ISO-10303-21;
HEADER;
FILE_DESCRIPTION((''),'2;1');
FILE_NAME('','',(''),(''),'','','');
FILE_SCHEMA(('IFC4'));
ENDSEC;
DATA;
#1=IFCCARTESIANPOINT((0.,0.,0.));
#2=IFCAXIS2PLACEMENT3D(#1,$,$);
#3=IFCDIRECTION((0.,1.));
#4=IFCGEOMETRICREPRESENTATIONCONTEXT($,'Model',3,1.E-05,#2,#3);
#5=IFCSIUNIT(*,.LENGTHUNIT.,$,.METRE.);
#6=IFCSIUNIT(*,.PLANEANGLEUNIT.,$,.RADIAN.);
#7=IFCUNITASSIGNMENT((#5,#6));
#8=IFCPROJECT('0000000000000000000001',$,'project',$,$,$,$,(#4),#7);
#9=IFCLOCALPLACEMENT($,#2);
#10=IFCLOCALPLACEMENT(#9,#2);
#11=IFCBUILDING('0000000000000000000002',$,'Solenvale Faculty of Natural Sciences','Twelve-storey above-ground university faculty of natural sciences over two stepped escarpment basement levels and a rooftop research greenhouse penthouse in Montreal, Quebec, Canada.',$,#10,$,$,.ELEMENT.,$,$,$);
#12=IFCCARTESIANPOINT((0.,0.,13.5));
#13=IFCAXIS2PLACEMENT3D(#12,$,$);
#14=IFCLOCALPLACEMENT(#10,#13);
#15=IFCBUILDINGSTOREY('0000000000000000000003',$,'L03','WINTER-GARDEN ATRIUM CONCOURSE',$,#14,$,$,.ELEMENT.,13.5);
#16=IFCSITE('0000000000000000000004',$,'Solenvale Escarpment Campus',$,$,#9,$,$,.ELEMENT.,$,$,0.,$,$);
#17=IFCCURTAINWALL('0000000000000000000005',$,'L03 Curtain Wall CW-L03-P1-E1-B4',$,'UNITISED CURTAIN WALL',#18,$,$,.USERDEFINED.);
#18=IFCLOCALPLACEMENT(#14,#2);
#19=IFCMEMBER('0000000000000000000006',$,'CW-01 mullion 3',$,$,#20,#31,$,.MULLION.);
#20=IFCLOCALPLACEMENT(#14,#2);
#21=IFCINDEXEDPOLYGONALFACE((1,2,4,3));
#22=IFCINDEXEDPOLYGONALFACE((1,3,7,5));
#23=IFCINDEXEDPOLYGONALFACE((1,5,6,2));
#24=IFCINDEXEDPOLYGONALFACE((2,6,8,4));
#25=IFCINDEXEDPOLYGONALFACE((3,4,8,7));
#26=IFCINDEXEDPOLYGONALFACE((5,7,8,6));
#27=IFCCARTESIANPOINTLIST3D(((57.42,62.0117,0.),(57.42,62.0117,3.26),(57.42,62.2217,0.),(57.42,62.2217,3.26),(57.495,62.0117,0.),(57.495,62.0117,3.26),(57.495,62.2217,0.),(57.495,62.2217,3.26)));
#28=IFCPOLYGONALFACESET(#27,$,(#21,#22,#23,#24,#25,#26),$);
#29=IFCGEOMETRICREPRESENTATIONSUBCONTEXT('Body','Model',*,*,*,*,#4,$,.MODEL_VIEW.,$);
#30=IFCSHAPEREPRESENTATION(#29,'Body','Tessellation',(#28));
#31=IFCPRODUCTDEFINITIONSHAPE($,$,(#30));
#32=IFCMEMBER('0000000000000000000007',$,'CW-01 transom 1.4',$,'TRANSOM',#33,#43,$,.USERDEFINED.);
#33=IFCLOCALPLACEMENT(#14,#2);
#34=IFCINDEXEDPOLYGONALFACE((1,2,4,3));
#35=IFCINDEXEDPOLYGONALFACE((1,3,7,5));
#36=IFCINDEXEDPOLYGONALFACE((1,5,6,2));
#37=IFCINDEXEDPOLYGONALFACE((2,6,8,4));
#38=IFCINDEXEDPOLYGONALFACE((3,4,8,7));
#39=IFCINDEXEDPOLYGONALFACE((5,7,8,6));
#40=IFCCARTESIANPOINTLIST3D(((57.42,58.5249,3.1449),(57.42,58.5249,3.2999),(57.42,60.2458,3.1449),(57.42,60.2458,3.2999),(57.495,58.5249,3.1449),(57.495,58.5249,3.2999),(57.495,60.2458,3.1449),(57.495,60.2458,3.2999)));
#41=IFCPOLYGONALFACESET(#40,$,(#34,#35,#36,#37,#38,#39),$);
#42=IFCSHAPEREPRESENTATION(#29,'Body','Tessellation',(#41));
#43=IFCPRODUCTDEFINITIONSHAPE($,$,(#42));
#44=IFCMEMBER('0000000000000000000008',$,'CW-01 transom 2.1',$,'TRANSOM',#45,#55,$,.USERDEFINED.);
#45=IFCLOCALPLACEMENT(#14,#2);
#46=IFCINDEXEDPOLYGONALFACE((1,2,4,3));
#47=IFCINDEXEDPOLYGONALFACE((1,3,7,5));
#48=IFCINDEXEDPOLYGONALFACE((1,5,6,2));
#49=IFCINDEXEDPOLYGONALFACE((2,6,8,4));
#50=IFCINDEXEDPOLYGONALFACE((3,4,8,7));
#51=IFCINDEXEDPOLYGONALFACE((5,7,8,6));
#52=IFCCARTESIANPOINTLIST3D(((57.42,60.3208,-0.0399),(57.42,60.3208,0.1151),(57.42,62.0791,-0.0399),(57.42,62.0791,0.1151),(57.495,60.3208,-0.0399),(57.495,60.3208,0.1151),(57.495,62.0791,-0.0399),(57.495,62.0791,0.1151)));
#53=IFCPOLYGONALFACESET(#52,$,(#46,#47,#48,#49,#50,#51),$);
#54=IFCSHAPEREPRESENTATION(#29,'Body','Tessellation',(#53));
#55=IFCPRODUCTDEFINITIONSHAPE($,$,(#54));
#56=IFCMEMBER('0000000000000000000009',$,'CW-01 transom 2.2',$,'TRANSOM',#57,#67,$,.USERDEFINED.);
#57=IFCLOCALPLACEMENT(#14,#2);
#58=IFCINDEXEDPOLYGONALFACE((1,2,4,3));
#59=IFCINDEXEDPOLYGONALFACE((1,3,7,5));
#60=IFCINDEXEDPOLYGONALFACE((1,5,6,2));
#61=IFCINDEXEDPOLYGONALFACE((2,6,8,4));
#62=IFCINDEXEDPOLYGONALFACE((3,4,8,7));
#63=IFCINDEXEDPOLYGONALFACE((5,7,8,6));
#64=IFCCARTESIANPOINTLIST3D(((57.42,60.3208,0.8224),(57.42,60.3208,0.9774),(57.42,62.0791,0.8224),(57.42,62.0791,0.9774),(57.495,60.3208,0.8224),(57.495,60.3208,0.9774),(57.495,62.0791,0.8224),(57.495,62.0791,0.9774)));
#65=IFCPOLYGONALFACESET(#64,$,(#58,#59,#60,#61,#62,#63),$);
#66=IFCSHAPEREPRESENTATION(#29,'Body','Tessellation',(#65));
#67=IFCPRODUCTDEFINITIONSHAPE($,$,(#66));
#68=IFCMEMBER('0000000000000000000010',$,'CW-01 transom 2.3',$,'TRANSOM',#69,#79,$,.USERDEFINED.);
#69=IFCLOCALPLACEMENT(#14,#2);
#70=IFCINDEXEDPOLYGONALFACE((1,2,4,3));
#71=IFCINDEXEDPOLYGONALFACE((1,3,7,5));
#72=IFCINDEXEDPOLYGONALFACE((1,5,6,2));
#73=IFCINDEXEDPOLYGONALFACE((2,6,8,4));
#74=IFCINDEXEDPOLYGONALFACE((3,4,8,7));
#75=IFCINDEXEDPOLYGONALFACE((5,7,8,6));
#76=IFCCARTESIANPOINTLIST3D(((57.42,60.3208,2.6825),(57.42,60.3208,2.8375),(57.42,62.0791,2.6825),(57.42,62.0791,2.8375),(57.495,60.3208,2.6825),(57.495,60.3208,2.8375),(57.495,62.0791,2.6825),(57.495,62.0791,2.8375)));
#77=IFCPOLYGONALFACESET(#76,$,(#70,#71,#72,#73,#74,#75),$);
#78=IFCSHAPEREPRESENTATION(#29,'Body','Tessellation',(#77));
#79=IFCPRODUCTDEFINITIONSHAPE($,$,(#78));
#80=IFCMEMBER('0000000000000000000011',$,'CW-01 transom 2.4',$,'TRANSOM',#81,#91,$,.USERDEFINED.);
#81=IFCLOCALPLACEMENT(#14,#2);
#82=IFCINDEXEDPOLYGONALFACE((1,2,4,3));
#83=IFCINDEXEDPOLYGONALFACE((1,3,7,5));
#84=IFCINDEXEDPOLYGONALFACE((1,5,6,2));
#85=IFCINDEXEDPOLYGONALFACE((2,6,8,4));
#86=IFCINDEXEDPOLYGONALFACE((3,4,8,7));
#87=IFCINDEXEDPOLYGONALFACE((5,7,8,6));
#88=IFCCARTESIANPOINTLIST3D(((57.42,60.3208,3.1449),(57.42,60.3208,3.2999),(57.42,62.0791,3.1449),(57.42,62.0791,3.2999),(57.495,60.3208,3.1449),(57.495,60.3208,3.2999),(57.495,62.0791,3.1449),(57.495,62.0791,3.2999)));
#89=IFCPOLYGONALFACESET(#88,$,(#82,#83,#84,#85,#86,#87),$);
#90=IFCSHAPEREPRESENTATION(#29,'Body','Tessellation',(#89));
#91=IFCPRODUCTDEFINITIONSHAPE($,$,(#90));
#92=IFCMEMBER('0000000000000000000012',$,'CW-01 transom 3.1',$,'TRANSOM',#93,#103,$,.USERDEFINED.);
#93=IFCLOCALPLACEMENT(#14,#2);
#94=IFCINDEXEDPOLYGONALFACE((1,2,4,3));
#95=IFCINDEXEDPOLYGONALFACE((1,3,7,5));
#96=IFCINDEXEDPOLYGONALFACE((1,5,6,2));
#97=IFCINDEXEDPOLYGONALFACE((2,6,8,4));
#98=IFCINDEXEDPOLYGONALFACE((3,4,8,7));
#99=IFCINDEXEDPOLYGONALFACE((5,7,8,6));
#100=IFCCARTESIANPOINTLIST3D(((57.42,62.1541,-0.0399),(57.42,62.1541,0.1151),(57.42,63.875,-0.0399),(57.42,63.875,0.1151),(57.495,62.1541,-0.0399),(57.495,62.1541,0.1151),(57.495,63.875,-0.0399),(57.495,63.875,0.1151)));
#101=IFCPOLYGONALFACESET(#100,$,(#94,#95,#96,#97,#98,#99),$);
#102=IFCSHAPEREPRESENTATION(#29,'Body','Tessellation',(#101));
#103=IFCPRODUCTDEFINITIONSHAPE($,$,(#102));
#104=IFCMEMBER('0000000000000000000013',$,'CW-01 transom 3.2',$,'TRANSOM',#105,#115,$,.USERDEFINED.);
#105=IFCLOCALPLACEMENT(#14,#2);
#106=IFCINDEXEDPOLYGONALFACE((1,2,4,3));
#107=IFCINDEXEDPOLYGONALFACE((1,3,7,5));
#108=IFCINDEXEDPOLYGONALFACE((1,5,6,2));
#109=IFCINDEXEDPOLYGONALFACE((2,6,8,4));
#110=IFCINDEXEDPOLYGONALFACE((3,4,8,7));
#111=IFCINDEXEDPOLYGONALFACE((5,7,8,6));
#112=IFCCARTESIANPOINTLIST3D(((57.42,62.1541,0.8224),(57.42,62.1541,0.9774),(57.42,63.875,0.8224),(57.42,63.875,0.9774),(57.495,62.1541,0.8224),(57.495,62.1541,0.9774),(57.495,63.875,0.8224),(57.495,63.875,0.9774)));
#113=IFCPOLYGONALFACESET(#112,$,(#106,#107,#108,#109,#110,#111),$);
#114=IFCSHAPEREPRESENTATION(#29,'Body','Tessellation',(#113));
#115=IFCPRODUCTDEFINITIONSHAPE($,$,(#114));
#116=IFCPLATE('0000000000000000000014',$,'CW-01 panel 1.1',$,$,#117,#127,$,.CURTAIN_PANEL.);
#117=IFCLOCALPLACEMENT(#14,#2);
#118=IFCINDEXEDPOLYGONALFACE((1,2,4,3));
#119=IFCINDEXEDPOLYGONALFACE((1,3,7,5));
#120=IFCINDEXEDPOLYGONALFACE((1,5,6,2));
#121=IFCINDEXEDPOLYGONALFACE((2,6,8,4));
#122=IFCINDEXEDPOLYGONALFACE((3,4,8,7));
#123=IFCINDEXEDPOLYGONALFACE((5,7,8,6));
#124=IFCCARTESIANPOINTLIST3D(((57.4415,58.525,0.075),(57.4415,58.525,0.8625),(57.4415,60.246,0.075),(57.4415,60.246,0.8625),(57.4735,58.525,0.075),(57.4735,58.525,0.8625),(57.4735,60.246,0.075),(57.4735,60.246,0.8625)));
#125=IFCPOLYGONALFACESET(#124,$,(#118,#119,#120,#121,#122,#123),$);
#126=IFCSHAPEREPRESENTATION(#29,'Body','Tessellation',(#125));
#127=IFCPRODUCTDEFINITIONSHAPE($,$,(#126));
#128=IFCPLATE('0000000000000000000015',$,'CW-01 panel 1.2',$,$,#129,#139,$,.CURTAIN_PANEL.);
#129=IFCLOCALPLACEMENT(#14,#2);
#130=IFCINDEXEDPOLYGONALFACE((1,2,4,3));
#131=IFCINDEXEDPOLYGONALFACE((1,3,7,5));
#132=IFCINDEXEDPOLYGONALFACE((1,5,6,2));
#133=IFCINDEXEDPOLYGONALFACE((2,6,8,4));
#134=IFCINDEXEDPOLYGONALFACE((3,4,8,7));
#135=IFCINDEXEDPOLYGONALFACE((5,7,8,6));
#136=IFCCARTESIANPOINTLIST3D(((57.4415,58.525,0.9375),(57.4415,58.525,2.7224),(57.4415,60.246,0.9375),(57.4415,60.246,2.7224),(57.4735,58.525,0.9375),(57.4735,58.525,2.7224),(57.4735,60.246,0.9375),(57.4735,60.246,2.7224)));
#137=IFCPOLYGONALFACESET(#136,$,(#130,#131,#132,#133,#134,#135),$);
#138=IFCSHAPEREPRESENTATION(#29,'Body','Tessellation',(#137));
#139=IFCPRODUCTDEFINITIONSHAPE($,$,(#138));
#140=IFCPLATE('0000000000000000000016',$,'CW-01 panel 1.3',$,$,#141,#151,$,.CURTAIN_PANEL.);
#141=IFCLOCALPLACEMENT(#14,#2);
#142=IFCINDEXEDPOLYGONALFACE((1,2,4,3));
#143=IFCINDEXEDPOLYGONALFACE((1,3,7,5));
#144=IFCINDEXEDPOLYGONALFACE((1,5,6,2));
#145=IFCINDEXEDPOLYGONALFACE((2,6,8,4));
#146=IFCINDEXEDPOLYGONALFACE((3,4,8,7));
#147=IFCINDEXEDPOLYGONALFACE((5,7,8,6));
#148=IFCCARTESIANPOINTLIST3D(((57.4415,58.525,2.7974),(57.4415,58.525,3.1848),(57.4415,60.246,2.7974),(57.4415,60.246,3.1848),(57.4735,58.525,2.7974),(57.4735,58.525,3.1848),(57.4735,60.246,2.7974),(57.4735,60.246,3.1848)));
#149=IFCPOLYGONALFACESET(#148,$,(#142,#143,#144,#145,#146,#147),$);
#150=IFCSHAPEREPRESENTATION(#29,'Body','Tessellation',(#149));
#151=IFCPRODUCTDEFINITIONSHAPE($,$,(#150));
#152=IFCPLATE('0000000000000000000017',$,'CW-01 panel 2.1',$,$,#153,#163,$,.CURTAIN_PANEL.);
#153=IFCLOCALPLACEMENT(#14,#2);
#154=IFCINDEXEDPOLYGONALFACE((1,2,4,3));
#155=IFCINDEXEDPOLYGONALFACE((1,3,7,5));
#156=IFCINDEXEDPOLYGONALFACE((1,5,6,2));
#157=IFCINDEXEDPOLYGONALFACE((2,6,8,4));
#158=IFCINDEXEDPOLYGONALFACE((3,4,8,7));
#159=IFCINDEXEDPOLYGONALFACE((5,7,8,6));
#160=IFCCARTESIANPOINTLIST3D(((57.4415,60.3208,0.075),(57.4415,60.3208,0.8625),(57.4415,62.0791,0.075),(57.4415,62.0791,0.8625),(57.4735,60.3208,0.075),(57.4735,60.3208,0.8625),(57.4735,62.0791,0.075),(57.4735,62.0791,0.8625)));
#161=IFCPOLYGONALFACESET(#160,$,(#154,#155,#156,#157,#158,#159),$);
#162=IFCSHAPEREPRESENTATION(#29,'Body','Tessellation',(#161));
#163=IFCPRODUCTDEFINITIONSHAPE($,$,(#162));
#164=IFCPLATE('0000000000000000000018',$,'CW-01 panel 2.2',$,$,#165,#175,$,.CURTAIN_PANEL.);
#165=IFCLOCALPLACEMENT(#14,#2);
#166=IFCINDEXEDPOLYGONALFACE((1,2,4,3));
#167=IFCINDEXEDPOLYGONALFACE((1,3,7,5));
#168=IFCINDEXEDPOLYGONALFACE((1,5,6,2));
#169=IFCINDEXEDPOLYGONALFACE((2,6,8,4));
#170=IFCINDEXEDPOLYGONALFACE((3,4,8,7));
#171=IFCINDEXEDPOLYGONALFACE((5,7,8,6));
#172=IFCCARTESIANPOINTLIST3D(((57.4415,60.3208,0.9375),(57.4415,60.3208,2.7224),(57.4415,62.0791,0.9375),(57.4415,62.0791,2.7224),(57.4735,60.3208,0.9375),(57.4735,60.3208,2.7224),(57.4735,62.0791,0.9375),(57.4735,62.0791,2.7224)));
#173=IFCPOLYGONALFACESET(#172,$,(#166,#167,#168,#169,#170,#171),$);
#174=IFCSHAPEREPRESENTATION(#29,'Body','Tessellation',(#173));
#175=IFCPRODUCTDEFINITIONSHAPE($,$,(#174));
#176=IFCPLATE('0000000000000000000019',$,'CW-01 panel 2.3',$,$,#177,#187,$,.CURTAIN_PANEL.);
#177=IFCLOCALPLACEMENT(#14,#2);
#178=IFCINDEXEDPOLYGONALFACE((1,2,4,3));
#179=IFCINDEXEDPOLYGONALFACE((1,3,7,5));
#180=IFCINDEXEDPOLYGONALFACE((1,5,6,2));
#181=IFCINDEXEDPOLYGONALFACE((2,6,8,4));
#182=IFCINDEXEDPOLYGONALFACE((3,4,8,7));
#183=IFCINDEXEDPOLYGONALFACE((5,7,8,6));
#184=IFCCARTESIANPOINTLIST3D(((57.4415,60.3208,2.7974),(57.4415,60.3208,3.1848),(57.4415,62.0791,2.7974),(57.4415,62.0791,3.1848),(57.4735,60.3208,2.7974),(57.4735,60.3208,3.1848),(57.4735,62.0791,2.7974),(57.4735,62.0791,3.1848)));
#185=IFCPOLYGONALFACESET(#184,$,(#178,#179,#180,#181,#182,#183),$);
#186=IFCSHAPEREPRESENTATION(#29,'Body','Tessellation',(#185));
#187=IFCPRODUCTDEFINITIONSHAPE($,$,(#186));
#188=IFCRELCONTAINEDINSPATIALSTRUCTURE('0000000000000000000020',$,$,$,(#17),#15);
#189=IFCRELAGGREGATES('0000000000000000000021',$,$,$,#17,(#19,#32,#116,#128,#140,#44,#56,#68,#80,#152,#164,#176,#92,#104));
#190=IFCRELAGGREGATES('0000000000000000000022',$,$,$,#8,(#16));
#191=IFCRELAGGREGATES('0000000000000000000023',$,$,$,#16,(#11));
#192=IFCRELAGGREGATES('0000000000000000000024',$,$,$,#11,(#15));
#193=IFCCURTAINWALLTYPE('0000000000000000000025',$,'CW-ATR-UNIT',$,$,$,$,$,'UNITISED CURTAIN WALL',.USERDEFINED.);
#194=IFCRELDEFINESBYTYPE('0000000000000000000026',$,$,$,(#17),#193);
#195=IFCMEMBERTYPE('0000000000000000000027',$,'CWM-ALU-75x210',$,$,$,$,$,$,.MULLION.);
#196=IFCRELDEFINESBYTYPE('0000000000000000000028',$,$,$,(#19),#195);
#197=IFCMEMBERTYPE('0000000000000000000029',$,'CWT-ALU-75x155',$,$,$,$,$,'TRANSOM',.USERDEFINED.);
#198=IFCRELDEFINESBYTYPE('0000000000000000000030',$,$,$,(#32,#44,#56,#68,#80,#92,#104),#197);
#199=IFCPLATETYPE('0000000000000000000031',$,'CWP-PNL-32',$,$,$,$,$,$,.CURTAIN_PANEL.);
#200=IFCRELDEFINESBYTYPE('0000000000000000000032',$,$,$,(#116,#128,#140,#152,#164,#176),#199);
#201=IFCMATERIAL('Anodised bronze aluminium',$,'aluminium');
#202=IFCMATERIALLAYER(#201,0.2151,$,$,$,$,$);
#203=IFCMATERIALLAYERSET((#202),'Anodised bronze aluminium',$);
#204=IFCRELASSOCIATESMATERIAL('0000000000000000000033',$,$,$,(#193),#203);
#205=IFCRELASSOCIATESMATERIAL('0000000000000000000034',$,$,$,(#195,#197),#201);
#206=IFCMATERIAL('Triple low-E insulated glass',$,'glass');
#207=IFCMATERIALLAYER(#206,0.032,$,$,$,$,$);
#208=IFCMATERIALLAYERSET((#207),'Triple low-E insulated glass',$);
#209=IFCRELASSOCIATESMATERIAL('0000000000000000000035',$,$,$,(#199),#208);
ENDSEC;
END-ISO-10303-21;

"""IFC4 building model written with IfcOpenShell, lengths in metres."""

from ifc_helpers import new_model, si_unit, direction, frame, origin, origin_2d, place, context, subcontext, project, spatial, rectangle, extrude, material, layer, layer_set, material_profile, profile_set, type_object, element, aggregate, save


model = new_model("IFC4")

# Units and contexts
model_context = context("Model", 3, precision=1e-05, world=origin(), true_north=direction((0.0, 1.0)))
body_context = subcontext(model_context, "Body", "Model", "MODEL_VIEW")
ifc_project = project(units=[si_unit("LENGTHUNIT", "METRE"), si_unit("PLANEANGLEUNIT", "RADIAN")], contexts=[model_context])

# Site, building, storey
site_placement = place(None, origin())
site = spatial("IfcSite", under=ifc_project, at=site_placement, Name="Solenvale Escarpment Campus", CompositionType="ELEMENT", RefElevation=0.0)
building_placement = place(site_placement, origin())
building = spatial("IfcBuilding", under=site, at=building_placement, Name="Solenvale Faculty of Natural Sciences", Description="Twelve-storey above-ground university faculty of natural sciences over two stepped escarpment basement levels and a rooftop research greenhouse penthouse in Montreal, Quebec, Canada.", CompositionType="ELEMENT")
storey_placement = place(building_placement, frame((0.0, 0.0, 13.5)))
storey = spatial("IfcBuildingStorey", under=building, at=storey_placement, Name="L03", Description="WINTER-GARDEN ATRIUM CONCOURSE", CompositionType="ELEMENT", Elevation=13.5)

# Curtain wall, members, plates
ifc_material_1 = material(Name="Anodised bronze aluminium", Category="aluminium")
ifc_layer_1 = layer(ifc_material_1, 0.2151)
ifc_layer_set_1 = layer_set([ifc_layer_1], Name="Anodised bronze aluminium")
curtain_wall_type = type_object("IfcCurtainWallType", Name="CW-ATR-UNIT", ElementType="UNITISED CURTAIN WALL", PredefinedType="USERDEFINED", material=ifc_layer_set_1)
curtain_wall_placement = place(storey_placement, origin())
curtain_wall = element("IfcCurtainWall", 1, at=curtain_wall_placement, inside=storey, type_object=curtain_wall_type, Name="L03 Curtain Wall CW-L03-P1-E1-B4", ObjectType="UNITISED CURTAIN WALL", PredefinedType="USERDEFINED")
ifc_material_profile_1 = material_profile(ifc_material_1, rectangle(XDim=0.075, YDim=0.21, at=origin_2d()), Name="ALU-MUL-75x210")
ifc_profile_set_1 = profile_set([ifc_material_profile_1], Name="Anodised bronze aluminium")
member_type_1 = type_object("IfcMemberType", Name="CWM-ALU-75x210", PredefinedType="MULLION", material=ifc_profile_set_1)
member_1_placement = place(storey_placement, frame((57.4575, 62.1167, 0.0), z_axis=(0.0, 0.0, 1.0), x_axis=(-1.0, 0.0, 0.0)))
member_1 = element("IfcMember", 2, at=member_1_placement, type_object=member_type_1, Name="CW-01 mullion 3", PredefinedType="MULLION", context=body_context, shape_type="SweptSolid", body=[
    extrude(rectangle(XDim=0.075, YDim=0.21, at=origin_2d()), origin(), (0.0, 0.0, 1.0), 3.26),
])
ifc_material_profile_2 = material_profile(ifc_material_1, rectangle(XDim=0.075, YDim=0.155, at=origin_2d()), Name="ALU-TRN-75x155")
ifc_profile_set_2 = profile_set([ifc_material_profile_2], Name="Anodised bronze aluminium")
member_type_2 = type_object("IfcMemberType", Name="CWT-ALU-75x155", ElementType="TRANSOM", PredefinedType="USERDEFINED", material=ifc_profile_set_2)
member_2_placement = place(storey_placement, frame((57.4575, 58.5249, 3.2224), z_axis=(0.0, 1.0, 0.0), x_axis=(-1.0, 0.0, 0.0)))
member_2 = element("IfcMember", 3, at=member_2_placement, type_object=member_type_2, Name="CW-01 transom 1.4", ObjectType="TRANSOM", PredefinedType="USERDEFINED", context=body_context, shape_type="SweptSolid", body=[
    extrude(rectangle(XDim=0.075, YDim=0.155, at=origin_2d()), origin(), (0.0, 0.0, 1.0), 1.7209),
])
member_3_placement = place(storey_placement, frame((57.4575, 60.3208, 0.0376), z_axis=(0.0, 1.0, 0.0), x_axis=(-1.0, 0.0, 0.0)))
member_3 = element("IfcMember", 4, at=member_3_placement, type_object=member_type_2, Name="CW-01 transom 2.1", ObjectType="TRANSOM", PredefinedType="USERDEFINED", context=body_context, shape_type="SweptSolid", body=[
    extrude(rectangle(XDim=0.075, YDim=0.155, at=origin_2d()), origin(), (0.0, 0.0, 1.0), 1.7583),
])
member_4_placement = place(storey_placement, frame((57.4575, 60.3208, 0.8999), z_axis=(0.0, 1.0, 0.0), x_axis=(-1.0, 0.0, 0.0)))
member_4 = element("IfcMember", 5, at=member_4_placement, type_object=member_type_2, Name="CW-01 transom 2.2", ObjectType="TRANSOM", PredefinedType="USERDEFINED", context=body_context, shape_type="SweptSolid", body=[
    extrude(rectangle(XDim=0.075, YDim=0.155, at=origin_2d()), origin(), (0.0, 0.0, 1.0), 1.7583),
])
member_5_placement = place(storey_placement, frame((57.4575, 60.3208, 2.76), z_axis=(0.0, 1.0, 0.0), x_axis=(-1.0, 0.0, 0.0)))
member_5 = element("IfcMember", 6, at=member_5_placement, type_object=member_type_2, Name="CW-01 transom 2.3", ObjectType="TRANSOM", PredefinedType="USERDEFINED", context=body_context, shape_type="SweptSolid", body=[
    extrude(rectangle(XDim=0.075, YDim=0.155, at=origin_2d()), origin(), (0.0, 0.0, 1.0), 1.7583),
])
member_6_placement = place(storey_placement, frame((57.4575, 60.3208, 3.2224), z_axis=(0.0, 1.0, 0.0), x_axis=(-1.0, 0.0, 0.0)))
member_6 = element("IfcMember", 7, at=member_6_placement, type_object=member_type_2, Name="CW-01 transom 2.4", ObjectType="TRANSOM", PredefinedType="USERDEFINED", context=body_context, shape_type="SweptSolid", body=[
    extrude(rectangle(XDim=0.075, YDim=0.155, at=origin_2d()), origin(), (0.0, 0.0, 1.0), 1.7583),
])
member_7_placement = place(storey_placement, frame((57.4575, 62.1541, 0.0376), z_axis=(0.0, 1.0, 0.0), x_axis=(-1.0, 0.0, 0.0)))
member_7 = element("IfcMember", 8, at=member_7_placement, type_object=member_type_2, Name="CW-01 transom 3.1", ObjectType="TRANSOM", PredefinedType="USERDEFINED", context=body_context, shape_type="SweptSolid", body=[
    extrude(rectangle(XDim=0.075, YDim=0.155, at=origin_2d()), origin(), (0.0, 0.0, 1.0), 1.7209),
])
member_8_placement = place(storey_placement, frame((57.4575, 62.1541, 0.8999), z_axis=(0.0, 1.0, 0.0), x_axis=(-1.0, 0.0, 0.0)))
member_8 = element("IfcMember", 9, at=member_8_placement, type_object=member_type_2, Name="CW-01 transom 3.2", ObjectType="TRANSOM", PredefinedType="USERDEFINED", context=body_context, shape_type="SweptSolid", body=[
    extrude(rectangle(XDim=0.075, YDim=0.155, at=origin_2d()), origin(), (0.0, 0.0, 1.0), 1.7209),
])
ifc_material_2 = material(Name="Triple low-E insulated glass", Category="glass")
ifc_layer_2 = layer(ifc_material_2, 0.032)
ifc_layer_set_2 = layer_set([ifc_layer_2], Name="Triple low-E insulated glass")
plate_type = type_object("IfcPlateType", Name="CWP-PNL-32", PredefinedType="CURTAIN_PANEL", material=ifc_layer_set_2)
plate_1_placement = place(storey_placement, frame((57.4575, 59.3855, 0.075), z_axis=(0.0, 0.0, 1.0), x_axis=(0.0, 1.0, 0.0)))
plate_1 = element("IfcPlate", 10, at=plate_1_placement, type_object=plate_type, Name="CW-01 panel 1.1", PredefinedType="CURTAIN_PANEL", context=body_context, shape_type="SweptSolid", body=[
    extrude(rectangle(XDim=1.7209, YDim=0.032, at=origin_2d()), origin(), (0.0, 0.0, 1.0), 0.7876),
])
plate_2_placement = place(storey_placement, frame((57.4575, 59.3855, 0.9375), z_axis=(0.0, 0.0, 1.0), x_axis=(0.0, 1.0, 0.0)))
plate_2 = element("IfcPlate", 11, at=plate_2_placement, type_object=plate_type, Name="CW-01 panel 1.2", PredefinedType="CURTAIN_PANEL", context=body_context, shape_type="SweptSolid", body=[
    extrude(rectangle(XDim=1.7209, YDim=0.032, at=origin_2d()), origin(), (0.0, 0.0, 1.0), 1.7849),
])
plate_3_placement = place(storey_placement, frame((57.4575, 59.3855, 2.7974), z_axis=(0.0, 0.0, 1.0), x_axis=(0.0, 1.0, 0.0)))
plate_3 = element("IfcPlate", 12, at=plate_3_placement, type_object=plate_type, Name="CW-01 panel 1.3", PredefinedType="CURTAIN_PANEL", context=body_context, shape_type="SweptSolid", body=[
    extrude(rectangle(XDim=1.7209, YDim=0.032, at=origin_2d()), origin(), (0.0, 0.0, 1.0), 0.3875),
])
plate_4_placement = place(storey_placement, frame((57.4575, 61.2, 0.075), z_axis=(0.0, 0.0, 1.0), x_axis=(0.0, 1.0, 0.0)))
plate_4 = element("IfcPlate", 13, at=plate_4_placement, type_object=plate_type, Name="CW-01 panel 2.1", PredefinedType="CURTAIN_PANEL", context=body_context, shape_type="SweptSolid", body=[
    extrude(rectangle(XDim=1.7583, YDim=0.032, at=origin_2d()), origin(), (0.0, 0.0, 1.0), 0.7876),
])
plate_5_placement = place(storey_placement, frame((57.4575, 61.2, 0.9375), z_axis=(0.0, 0.0, 1.0), x_axis=(0.0, 1.0, 0.0)))
plate_5 = element("IfcPlate", 14, at=plate_5_placement, type_object=plate_type, Name="CW-01 panel 2.2", PredefinedType="CURTAIN_PANEL", context=body_context, shape_type="SweptSolid", body=[
    extrude(rectangle(XDim=1.7583, YDim=0.032, at=origin_2d()), origin(), (0.0, 0.0, 1.0), 1.7849),
])
plate_6_placement = place(storey_placement, frame((57.4575, 61.2, 2.7974), z_axis=(0.0, 0.0, 1.0), x_axis=(0.0, 1.0, 0.0)))
plate_6 = element("IfcPlate", 15, at=plate_6_placement, type_object=plate_type, Name="CW-01 panel 2.3", PredefinedType="CURTAIN_PANEL", context=body_context, shape_type="SweptSolid", body=[
    extrude(rectangle(XDim=1.7583, YDim=0.032, at=origin_2d()), origin(), (0.0, 0.0, 1.0), 0.3875),
])
aggregate(curtain_wall, [member_1, member_2, plate_1, plate_2, plate_3, member_3, member_4, member_5, member_6, plate_4, plate_5, plate_6, member_7, member_8])

save(model, "model.ifc")
